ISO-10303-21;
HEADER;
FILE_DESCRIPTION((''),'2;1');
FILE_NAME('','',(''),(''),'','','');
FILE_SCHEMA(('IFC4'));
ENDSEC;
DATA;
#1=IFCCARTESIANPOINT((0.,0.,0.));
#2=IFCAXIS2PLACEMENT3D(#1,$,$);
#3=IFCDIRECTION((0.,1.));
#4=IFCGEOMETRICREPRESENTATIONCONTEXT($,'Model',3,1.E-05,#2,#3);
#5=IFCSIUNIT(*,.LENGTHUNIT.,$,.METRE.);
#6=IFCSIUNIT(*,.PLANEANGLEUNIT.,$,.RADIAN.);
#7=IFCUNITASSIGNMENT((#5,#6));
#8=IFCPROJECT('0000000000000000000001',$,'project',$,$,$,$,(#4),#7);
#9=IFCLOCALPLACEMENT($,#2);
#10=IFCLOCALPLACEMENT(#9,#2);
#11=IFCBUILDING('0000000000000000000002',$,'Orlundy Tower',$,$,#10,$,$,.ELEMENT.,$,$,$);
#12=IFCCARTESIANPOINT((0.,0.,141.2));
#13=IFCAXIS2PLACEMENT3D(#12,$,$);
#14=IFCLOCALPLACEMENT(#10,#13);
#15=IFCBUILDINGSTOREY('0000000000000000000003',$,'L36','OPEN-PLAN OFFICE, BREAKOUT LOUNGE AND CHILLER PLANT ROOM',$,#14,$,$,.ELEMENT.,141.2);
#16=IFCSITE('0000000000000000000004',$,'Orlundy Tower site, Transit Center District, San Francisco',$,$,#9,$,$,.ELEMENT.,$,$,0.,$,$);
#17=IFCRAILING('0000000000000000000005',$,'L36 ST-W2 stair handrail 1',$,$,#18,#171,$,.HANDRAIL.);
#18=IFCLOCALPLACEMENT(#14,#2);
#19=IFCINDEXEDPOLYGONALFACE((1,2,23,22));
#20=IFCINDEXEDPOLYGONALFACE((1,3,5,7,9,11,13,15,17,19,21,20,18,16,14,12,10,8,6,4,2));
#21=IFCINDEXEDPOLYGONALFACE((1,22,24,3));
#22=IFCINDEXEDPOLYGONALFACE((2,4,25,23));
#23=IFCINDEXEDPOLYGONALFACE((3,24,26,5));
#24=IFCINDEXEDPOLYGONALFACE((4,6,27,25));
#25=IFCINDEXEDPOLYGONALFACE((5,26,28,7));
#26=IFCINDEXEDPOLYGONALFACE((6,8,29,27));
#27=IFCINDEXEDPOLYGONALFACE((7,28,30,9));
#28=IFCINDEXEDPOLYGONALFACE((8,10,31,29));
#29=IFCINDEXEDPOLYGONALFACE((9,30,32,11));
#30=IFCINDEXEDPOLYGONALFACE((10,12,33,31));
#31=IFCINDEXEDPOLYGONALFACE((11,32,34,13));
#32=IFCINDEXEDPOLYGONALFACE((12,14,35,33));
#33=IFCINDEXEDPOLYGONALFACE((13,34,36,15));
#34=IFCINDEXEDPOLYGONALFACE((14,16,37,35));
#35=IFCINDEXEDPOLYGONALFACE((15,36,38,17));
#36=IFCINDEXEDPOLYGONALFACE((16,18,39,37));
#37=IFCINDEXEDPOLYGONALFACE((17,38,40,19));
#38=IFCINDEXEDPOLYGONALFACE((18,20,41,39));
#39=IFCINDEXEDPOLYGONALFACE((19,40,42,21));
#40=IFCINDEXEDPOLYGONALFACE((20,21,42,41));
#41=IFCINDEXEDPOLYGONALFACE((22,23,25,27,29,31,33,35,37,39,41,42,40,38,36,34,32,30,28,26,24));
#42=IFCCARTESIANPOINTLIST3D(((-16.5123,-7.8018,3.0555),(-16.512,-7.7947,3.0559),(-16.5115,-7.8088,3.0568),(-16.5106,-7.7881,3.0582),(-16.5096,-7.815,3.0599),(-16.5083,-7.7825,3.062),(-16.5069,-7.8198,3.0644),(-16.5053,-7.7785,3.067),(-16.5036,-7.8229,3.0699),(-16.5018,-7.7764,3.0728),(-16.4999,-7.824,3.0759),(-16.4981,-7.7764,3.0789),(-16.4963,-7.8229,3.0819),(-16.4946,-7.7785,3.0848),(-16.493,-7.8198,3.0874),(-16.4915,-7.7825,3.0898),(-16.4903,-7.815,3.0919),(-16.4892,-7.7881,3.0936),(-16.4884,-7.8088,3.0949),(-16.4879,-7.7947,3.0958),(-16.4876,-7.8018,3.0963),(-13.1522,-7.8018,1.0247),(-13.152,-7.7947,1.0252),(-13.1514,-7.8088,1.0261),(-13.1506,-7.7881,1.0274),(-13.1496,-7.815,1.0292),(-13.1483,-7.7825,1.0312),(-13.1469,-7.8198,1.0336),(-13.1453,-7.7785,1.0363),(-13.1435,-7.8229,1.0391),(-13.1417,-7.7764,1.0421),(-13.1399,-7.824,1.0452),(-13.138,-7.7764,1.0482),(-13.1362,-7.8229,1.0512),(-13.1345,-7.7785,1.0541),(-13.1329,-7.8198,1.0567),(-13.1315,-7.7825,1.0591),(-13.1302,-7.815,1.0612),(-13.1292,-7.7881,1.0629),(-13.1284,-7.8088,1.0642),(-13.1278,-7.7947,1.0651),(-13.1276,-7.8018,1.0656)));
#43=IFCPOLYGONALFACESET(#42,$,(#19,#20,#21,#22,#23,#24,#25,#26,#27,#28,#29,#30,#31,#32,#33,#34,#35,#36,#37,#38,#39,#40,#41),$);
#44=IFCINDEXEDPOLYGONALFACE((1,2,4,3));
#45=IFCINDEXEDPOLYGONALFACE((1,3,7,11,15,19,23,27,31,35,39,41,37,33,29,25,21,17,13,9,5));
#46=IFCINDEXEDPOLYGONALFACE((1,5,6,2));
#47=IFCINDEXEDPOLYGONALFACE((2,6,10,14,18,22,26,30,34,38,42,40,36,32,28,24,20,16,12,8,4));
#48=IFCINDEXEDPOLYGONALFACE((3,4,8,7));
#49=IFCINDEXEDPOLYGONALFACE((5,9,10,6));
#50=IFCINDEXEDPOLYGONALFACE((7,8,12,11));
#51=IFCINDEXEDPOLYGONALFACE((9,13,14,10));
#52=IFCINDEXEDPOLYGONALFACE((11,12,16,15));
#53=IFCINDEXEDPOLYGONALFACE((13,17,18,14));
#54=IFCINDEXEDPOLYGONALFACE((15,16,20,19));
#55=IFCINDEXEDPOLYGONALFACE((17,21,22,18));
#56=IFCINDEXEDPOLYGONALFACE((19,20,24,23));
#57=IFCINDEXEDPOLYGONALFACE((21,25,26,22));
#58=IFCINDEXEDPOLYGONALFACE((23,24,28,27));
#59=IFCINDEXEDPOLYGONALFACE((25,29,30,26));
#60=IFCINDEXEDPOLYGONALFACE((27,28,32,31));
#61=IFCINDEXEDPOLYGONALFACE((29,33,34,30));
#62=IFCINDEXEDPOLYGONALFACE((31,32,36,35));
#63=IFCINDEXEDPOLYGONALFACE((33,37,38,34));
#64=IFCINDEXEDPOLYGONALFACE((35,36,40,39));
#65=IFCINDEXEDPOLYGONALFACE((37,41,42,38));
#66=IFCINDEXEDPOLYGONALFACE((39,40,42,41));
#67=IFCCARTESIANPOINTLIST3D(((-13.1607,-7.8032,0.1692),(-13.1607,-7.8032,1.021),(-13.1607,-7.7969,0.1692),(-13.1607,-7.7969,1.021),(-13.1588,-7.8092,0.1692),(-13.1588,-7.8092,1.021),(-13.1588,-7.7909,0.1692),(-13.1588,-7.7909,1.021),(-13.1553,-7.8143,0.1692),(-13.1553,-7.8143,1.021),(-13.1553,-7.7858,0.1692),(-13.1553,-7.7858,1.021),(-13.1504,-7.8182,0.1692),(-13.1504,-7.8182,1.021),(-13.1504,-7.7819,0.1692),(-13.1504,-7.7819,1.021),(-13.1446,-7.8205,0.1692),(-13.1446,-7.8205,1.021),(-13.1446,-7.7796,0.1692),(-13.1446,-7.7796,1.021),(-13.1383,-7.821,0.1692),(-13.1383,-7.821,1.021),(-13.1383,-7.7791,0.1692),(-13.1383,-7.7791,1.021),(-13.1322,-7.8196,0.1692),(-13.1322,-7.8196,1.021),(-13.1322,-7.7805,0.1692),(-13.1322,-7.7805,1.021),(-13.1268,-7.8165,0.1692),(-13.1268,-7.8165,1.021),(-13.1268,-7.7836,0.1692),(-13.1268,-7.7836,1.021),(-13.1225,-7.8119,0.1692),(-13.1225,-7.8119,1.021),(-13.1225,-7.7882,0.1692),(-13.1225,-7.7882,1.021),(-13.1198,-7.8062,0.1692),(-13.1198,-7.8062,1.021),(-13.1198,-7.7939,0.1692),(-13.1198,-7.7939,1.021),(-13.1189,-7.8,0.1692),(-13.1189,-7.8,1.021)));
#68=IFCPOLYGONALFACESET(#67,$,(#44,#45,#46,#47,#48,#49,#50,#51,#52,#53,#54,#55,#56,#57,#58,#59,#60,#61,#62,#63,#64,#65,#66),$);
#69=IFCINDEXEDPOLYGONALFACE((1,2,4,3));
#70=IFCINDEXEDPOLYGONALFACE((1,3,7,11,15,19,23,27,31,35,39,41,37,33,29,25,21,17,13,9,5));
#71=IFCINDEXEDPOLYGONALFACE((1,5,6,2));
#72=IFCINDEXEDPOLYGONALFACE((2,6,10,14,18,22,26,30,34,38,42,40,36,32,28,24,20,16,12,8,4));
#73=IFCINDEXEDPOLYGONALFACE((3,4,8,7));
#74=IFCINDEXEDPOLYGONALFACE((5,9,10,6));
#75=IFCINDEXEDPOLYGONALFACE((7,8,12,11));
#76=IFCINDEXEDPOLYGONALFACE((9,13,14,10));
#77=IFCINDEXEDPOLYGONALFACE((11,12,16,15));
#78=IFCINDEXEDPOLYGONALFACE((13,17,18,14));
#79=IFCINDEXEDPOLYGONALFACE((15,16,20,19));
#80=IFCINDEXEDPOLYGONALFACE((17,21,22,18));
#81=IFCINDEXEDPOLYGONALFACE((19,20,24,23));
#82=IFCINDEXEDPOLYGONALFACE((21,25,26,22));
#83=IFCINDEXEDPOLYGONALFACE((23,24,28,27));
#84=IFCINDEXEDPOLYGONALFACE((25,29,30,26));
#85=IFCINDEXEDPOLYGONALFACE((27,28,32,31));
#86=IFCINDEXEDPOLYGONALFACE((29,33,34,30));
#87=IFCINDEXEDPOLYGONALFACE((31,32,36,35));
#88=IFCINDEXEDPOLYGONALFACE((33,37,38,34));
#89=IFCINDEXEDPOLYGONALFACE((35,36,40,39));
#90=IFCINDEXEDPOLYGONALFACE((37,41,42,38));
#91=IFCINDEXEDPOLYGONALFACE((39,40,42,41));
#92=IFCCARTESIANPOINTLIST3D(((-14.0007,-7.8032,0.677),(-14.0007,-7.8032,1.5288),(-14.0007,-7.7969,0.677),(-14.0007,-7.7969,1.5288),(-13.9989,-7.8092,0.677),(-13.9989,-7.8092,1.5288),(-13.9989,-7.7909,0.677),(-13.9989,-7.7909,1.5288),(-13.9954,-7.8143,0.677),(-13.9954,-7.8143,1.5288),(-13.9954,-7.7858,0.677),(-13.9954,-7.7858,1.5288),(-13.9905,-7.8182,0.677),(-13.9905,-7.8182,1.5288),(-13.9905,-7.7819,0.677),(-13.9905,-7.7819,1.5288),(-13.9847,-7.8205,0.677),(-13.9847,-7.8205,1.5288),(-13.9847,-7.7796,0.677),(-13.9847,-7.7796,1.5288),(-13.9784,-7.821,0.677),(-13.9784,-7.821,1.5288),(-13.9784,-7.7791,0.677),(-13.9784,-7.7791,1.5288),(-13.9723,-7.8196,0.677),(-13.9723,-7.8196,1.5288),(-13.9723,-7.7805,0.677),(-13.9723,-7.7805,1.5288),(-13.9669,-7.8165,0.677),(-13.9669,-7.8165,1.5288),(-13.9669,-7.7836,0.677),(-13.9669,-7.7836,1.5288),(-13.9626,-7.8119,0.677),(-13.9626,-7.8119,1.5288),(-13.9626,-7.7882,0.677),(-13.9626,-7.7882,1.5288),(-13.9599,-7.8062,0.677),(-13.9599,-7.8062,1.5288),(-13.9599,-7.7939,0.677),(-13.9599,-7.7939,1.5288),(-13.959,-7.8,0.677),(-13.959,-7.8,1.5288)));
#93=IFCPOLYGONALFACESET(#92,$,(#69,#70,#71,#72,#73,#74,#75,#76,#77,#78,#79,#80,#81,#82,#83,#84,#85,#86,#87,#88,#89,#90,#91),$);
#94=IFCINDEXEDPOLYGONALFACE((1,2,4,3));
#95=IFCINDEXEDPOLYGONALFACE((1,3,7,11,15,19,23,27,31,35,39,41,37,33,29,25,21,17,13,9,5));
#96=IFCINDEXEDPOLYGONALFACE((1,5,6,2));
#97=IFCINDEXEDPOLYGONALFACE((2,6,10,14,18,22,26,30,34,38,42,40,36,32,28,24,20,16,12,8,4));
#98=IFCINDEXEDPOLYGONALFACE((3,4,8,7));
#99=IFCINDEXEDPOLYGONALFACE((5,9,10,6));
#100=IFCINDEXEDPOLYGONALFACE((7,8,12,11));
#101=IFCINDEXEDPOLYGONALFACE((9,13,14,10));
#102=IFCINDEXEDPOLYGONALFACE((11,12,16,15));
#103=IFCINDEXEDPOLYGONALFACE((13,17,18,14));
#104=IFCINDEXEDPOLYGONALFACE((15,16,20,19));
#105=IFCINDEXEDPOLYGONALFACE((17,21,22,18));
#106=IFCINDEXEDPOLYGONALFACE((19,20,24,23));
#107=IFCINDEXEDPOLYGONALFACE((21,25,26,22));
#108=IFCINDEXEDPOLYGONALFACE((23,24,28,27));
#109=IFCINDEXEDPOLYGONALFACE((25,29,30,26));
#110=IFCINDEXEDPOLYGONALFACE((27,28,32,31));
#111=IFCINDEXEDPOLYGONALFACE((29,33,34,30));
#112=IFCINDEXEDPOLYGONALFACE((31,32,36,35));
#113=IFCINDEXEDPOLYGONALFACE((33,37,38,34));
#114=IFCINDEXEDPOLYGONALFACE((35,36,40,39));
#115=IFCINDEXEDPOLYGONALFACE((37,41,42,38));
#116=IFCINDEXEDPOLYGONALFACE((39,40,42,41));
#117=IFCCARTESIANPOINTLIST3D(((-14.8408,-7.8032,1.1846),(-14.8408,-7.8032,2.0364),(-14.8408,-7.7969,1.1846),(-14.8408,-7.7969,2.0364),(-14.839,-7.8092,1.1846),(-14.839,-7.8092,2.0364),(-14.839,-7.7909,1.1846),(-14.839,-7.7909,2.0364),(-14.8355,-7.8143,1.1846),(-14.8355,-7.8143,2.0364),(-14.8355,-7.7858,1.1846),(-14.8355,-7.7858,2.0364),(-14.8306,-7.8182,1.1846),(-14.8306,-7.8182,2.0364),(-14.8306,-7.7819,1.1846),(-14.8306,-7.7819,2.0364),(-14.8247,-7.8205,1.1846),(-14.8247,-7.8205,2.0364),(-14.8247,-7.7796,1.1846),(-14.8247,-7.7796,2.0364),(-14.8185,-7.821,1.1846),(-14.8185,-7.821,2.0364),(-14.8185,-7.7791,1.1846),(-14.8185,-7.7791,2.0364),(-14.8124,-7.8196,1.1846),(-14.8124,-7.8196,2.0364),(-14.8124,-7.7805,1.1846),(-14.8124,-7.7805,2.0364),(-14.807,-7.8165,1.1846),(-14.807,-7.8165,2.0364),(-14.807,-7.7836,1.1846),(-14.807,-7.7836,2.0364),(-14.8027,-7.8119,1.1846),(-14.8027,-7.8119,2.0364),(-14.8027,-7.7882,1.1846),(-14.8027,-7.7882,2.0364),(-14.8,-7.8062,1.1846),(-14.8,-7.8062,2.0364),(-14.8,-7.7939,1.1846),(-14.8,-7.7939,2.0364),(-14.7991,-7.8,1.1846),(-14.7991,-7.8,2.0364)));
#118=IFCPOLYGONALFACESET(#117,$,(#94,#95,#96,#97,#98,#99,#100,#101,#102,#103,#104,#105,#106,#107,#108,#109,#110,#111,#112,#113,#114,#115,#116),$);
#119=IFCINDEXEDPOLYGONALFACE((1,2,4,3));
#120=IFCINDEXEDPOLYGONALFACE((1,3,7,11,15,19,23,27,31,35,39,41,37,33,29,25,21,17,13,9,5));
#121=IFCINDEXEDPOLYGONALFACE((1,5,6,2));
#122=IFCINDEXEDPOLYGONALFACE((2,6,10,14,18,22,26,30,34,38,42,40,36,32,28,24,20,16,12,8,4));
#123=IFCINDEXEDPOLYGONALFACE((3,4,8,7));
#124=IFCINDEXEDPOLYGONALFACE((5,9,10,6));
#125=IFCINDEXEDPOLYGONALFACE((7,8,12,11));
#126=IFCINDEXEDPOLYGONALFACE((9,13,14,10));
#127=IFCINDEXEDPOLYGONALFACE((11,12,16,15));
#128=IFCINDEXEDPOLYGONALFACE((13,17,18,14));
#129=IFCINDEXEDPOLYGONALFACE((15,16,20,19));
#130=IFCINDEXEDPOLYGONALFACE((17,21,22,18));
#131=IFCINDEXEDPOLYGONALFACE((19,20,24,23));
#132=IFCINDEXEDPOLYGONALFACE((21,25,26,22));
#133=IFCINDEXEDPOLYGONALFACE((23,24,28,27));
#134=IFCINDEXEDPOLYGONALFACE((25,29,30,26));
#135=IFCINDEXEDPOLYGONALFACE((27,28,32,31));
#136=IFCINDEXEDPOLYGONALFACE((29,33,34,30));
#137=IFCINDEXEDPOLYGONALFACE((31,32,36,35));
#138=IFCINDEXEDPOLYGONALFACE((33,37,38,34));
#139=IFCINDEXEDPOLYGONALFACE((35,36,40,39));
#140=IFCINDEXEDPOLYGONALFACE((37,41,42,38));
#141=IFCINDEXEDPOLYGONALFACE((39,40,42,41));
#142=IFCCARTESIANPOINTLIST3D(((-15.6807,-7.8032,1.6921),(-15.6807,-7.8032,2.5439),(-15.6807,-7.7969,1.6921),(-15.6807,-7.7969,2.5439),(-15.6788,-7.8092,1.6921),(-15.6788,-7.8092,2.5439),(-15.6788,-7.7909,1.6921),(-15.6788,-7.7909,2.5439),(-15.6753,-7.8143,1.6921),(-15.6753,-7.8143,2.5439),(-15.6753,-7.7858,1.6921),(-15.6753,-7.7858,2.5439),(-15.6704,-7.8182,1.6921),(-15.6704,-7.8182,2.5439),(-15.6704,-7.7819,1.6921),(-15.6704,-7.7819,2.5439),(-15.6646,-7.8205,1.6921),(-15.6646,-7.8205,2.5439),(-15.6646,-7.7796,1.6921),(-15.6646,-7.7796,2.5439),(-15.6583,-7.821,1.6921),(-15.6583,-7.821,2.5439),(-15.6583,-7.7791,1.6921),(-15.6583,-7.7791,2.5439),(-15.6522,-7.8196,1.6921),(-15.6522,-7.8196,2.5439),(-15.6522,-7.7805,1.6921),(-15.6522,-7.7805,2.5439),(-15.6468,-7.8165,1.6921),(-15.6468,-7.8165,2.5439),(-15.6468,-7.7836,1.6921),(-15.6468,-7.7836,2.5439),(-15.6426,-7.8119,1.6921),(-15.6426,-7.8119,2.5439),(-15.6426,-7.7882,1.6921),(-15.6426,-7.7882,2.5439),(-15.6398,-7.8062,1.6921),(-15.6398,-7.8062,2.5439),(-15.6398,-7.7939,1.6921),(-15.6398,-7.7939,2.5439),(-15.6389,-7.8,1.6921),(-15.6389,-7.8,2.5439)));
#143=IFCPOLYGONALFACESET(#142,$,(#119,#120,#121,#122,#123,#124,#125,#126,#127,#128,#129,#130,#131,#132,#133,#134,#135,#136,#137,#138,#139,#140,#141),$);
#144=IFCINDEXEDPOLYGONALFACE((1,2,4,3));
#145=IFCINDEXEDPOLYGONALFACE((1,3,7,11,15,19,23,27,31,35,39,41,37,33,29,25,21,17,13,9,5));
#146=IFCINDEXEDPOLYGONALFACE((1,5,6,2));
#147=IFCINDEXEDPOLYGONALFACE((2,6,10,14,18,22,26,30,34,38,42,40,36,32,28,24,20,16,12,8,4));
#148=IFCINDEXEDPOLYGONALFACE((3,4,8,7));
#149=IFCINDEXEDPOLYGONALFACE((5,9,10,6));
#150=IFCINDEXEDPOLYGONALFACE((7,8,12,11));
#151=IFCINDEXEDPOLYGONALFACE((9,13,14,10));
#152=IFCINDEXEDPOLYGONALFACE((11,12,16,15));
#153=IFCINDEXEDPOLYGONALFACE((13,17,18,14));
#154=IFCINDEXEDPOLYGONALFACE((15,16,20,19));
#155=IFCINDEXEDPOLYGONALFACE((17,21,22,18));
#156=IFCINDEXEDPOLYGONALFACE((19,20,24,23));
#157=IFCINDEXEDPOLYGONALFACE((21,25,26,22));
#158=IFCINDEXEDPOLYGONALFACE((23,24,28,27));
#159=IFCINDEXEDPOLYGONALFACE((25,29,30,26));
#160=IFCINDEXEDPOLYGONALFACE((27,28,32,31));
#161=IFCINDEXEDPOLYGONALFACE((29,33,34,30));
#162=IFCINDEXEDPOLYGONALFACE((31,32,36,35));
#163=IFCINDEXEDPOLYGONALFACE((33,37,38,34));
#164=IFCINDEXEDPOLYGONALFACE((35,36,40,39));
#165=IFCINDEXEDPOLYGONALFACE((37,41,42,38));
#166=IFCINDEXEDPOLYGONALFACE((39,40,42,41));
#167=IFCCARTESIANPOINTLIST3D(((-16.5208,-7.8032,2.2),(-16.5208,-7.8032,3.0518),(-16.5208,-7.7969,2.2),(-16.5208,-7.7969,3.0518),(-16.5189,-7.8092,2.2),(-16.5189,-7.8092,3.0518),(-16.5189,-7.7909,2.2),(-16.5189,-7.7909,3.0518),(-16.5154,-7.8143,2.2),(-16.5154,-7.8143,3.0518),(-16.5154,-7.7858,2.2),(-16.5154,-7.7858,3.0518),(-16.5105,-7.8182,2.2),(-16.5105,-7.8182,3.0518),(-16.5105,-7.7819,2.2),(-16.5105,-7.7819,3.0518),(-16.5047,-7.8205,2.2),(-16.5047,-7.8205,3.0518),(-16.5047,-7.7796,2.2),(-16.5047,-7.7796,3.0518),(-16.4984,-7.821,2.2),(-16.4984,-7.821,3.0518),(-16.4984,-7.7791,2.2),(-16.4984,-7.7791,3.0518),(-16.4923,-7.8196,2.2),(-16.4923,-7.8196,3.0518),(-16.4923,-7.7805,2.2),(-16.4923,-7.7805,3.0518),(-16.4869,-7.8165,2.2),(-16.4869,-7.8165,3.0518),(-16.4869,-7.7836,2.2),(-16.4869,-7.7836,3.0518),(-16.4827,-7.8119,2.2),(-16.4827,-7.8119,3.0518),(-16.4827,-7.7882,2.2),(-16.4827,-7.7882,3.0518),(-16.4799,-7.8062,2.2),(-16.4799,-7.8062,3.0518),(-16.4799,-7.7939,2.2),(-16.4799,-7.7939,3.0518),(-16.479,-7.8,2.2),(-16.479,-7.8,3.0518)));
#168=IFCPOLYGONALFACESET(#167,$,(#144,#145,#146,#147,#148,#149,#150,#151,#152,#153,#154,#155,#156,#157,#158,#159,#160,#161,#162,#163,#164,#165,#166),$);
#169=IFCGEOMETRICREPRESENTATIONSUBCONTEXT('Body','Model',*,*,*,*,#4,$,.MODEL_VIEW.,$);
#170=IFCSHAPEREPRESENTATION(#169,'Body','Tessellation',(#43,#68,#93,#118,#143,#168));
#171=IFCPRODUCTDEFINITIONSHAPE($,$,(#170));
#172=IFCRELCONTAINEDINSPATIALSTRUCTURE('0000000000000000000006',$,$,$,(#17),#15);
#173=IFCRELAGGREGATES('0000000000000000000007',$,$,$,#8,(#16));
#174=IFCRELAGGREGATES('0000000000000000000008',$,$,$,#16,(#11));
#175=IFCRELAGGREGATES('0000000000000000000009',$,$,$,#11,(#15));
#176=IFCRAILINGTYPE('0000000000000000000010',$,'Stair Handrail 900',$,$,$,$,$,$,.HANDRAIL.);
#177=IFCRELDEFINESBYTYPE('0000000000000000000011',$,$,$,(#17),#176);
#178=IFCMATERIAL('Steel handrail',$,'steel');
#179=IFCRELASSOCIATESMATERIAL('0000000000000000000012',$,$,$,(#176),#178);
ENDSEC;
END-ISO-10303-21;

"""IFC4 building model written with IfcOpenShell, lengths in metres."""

from ifc_helpers import new_model, si_unit, direction, frame, origin, origin_2d, place, context, subcontext, project, spatial, circle, extrude, material, type_object, element, save


model = new_model("IFC4")

# Units and contexts
model_context = context("Model", 3, precision=1e-05, world=origin(), true_north=direction((0.0, 1.0)))
body_context = subcontext(model_context, "Body", "Model", "MODEL_VIEW")
ifc_project = project(units=[si_unit("LENGTHUNIT", "METRE"), si_unit("PLANEANGLEUNIT", "RADIAN")], contexts=[model_context])

# Site, building, storey
site_placement = place(None, origin())
site = spatial("IfcSite", under=ifc_project, at=site_placement, Name="Orlundy Tower site, Transit Center District, San Francisco", CompositionType="ELEMENT", RefElevation=0.0)
building_placement = place(site_placement, origin())
building = spatial("IfcBuilding", under=site, at=building_placement, Name="Orlundy Tower", CompositionType="ELEMENT")
storey_placement = place(building_placement, frame((0.0, 0.0, 141.2)))
storey = spatial("IfcBuildingStorey", under=building, at=storey_placement, Name="L36", Description="OPEN-PLAN OFFICE, BREAKOUT LOUNGE AND CHILLER PLANT ROOM", CompositionType="ELEMENT", Elevation=141.2)

# Railing
ifc_material_1 = material(Name="Steel handrail", Category="steel")
railing_type = type_object("IfcRailingType", Name="Stair Handrail 900", PredefinedType="HANDRAIL", material=ifc_material_1)
railing_1_placement = place(storey_placement, frame((-13.1399, -7.8, 0.1692)))
element("IfcRailing", 1, at=railing_1_placement, inside=storey, type_object=railing_type, Name="L36 ST-W2 stair handrail 1", PredefinedType="HANDRAIL", context=body_context, shape_type="SweptSolid", body=[
    extrude(circle(Radius=0.0239, at=origin_2d()), frame((0.0, 0.0, 0.876), z_axis=(-0.855837, 0.0, 0.517246), x_axis=(0.0, -1.0, 0.0)), (0.0, 0.0, 1.0), 3.926),
    extrude(circle(Radius=0.021, at=origin_2d()), origin(), (0.0, 0.0, 1.0), 0.8518),
    extrude(circle(Radius=0.021, at=origin_2d()), frame((-0.8401, 0.0, 0.5078)), (0.0, 0.0, 1.0), 0.8518),
    extrude(circle(Radius=0.021, at=origin_2d()), frame((-1.6802, 0.0, 1.0154)), (0.0, 0.0, 1.0), 0.8518),
    extrude(circle(Radius=0.021, at=origin_2d()), frame((-2.52, 0.0, 1.5229)), (0.0, 0.0, 1.0), 0.8518),
    extrude(circle(Radius=0.021, at=origin_2d()), frame((-3.3601, 0.0, 2.0308)), (0.0, 0.0, 1.0), 0.8518),
])

save(model, "model.ifc")
